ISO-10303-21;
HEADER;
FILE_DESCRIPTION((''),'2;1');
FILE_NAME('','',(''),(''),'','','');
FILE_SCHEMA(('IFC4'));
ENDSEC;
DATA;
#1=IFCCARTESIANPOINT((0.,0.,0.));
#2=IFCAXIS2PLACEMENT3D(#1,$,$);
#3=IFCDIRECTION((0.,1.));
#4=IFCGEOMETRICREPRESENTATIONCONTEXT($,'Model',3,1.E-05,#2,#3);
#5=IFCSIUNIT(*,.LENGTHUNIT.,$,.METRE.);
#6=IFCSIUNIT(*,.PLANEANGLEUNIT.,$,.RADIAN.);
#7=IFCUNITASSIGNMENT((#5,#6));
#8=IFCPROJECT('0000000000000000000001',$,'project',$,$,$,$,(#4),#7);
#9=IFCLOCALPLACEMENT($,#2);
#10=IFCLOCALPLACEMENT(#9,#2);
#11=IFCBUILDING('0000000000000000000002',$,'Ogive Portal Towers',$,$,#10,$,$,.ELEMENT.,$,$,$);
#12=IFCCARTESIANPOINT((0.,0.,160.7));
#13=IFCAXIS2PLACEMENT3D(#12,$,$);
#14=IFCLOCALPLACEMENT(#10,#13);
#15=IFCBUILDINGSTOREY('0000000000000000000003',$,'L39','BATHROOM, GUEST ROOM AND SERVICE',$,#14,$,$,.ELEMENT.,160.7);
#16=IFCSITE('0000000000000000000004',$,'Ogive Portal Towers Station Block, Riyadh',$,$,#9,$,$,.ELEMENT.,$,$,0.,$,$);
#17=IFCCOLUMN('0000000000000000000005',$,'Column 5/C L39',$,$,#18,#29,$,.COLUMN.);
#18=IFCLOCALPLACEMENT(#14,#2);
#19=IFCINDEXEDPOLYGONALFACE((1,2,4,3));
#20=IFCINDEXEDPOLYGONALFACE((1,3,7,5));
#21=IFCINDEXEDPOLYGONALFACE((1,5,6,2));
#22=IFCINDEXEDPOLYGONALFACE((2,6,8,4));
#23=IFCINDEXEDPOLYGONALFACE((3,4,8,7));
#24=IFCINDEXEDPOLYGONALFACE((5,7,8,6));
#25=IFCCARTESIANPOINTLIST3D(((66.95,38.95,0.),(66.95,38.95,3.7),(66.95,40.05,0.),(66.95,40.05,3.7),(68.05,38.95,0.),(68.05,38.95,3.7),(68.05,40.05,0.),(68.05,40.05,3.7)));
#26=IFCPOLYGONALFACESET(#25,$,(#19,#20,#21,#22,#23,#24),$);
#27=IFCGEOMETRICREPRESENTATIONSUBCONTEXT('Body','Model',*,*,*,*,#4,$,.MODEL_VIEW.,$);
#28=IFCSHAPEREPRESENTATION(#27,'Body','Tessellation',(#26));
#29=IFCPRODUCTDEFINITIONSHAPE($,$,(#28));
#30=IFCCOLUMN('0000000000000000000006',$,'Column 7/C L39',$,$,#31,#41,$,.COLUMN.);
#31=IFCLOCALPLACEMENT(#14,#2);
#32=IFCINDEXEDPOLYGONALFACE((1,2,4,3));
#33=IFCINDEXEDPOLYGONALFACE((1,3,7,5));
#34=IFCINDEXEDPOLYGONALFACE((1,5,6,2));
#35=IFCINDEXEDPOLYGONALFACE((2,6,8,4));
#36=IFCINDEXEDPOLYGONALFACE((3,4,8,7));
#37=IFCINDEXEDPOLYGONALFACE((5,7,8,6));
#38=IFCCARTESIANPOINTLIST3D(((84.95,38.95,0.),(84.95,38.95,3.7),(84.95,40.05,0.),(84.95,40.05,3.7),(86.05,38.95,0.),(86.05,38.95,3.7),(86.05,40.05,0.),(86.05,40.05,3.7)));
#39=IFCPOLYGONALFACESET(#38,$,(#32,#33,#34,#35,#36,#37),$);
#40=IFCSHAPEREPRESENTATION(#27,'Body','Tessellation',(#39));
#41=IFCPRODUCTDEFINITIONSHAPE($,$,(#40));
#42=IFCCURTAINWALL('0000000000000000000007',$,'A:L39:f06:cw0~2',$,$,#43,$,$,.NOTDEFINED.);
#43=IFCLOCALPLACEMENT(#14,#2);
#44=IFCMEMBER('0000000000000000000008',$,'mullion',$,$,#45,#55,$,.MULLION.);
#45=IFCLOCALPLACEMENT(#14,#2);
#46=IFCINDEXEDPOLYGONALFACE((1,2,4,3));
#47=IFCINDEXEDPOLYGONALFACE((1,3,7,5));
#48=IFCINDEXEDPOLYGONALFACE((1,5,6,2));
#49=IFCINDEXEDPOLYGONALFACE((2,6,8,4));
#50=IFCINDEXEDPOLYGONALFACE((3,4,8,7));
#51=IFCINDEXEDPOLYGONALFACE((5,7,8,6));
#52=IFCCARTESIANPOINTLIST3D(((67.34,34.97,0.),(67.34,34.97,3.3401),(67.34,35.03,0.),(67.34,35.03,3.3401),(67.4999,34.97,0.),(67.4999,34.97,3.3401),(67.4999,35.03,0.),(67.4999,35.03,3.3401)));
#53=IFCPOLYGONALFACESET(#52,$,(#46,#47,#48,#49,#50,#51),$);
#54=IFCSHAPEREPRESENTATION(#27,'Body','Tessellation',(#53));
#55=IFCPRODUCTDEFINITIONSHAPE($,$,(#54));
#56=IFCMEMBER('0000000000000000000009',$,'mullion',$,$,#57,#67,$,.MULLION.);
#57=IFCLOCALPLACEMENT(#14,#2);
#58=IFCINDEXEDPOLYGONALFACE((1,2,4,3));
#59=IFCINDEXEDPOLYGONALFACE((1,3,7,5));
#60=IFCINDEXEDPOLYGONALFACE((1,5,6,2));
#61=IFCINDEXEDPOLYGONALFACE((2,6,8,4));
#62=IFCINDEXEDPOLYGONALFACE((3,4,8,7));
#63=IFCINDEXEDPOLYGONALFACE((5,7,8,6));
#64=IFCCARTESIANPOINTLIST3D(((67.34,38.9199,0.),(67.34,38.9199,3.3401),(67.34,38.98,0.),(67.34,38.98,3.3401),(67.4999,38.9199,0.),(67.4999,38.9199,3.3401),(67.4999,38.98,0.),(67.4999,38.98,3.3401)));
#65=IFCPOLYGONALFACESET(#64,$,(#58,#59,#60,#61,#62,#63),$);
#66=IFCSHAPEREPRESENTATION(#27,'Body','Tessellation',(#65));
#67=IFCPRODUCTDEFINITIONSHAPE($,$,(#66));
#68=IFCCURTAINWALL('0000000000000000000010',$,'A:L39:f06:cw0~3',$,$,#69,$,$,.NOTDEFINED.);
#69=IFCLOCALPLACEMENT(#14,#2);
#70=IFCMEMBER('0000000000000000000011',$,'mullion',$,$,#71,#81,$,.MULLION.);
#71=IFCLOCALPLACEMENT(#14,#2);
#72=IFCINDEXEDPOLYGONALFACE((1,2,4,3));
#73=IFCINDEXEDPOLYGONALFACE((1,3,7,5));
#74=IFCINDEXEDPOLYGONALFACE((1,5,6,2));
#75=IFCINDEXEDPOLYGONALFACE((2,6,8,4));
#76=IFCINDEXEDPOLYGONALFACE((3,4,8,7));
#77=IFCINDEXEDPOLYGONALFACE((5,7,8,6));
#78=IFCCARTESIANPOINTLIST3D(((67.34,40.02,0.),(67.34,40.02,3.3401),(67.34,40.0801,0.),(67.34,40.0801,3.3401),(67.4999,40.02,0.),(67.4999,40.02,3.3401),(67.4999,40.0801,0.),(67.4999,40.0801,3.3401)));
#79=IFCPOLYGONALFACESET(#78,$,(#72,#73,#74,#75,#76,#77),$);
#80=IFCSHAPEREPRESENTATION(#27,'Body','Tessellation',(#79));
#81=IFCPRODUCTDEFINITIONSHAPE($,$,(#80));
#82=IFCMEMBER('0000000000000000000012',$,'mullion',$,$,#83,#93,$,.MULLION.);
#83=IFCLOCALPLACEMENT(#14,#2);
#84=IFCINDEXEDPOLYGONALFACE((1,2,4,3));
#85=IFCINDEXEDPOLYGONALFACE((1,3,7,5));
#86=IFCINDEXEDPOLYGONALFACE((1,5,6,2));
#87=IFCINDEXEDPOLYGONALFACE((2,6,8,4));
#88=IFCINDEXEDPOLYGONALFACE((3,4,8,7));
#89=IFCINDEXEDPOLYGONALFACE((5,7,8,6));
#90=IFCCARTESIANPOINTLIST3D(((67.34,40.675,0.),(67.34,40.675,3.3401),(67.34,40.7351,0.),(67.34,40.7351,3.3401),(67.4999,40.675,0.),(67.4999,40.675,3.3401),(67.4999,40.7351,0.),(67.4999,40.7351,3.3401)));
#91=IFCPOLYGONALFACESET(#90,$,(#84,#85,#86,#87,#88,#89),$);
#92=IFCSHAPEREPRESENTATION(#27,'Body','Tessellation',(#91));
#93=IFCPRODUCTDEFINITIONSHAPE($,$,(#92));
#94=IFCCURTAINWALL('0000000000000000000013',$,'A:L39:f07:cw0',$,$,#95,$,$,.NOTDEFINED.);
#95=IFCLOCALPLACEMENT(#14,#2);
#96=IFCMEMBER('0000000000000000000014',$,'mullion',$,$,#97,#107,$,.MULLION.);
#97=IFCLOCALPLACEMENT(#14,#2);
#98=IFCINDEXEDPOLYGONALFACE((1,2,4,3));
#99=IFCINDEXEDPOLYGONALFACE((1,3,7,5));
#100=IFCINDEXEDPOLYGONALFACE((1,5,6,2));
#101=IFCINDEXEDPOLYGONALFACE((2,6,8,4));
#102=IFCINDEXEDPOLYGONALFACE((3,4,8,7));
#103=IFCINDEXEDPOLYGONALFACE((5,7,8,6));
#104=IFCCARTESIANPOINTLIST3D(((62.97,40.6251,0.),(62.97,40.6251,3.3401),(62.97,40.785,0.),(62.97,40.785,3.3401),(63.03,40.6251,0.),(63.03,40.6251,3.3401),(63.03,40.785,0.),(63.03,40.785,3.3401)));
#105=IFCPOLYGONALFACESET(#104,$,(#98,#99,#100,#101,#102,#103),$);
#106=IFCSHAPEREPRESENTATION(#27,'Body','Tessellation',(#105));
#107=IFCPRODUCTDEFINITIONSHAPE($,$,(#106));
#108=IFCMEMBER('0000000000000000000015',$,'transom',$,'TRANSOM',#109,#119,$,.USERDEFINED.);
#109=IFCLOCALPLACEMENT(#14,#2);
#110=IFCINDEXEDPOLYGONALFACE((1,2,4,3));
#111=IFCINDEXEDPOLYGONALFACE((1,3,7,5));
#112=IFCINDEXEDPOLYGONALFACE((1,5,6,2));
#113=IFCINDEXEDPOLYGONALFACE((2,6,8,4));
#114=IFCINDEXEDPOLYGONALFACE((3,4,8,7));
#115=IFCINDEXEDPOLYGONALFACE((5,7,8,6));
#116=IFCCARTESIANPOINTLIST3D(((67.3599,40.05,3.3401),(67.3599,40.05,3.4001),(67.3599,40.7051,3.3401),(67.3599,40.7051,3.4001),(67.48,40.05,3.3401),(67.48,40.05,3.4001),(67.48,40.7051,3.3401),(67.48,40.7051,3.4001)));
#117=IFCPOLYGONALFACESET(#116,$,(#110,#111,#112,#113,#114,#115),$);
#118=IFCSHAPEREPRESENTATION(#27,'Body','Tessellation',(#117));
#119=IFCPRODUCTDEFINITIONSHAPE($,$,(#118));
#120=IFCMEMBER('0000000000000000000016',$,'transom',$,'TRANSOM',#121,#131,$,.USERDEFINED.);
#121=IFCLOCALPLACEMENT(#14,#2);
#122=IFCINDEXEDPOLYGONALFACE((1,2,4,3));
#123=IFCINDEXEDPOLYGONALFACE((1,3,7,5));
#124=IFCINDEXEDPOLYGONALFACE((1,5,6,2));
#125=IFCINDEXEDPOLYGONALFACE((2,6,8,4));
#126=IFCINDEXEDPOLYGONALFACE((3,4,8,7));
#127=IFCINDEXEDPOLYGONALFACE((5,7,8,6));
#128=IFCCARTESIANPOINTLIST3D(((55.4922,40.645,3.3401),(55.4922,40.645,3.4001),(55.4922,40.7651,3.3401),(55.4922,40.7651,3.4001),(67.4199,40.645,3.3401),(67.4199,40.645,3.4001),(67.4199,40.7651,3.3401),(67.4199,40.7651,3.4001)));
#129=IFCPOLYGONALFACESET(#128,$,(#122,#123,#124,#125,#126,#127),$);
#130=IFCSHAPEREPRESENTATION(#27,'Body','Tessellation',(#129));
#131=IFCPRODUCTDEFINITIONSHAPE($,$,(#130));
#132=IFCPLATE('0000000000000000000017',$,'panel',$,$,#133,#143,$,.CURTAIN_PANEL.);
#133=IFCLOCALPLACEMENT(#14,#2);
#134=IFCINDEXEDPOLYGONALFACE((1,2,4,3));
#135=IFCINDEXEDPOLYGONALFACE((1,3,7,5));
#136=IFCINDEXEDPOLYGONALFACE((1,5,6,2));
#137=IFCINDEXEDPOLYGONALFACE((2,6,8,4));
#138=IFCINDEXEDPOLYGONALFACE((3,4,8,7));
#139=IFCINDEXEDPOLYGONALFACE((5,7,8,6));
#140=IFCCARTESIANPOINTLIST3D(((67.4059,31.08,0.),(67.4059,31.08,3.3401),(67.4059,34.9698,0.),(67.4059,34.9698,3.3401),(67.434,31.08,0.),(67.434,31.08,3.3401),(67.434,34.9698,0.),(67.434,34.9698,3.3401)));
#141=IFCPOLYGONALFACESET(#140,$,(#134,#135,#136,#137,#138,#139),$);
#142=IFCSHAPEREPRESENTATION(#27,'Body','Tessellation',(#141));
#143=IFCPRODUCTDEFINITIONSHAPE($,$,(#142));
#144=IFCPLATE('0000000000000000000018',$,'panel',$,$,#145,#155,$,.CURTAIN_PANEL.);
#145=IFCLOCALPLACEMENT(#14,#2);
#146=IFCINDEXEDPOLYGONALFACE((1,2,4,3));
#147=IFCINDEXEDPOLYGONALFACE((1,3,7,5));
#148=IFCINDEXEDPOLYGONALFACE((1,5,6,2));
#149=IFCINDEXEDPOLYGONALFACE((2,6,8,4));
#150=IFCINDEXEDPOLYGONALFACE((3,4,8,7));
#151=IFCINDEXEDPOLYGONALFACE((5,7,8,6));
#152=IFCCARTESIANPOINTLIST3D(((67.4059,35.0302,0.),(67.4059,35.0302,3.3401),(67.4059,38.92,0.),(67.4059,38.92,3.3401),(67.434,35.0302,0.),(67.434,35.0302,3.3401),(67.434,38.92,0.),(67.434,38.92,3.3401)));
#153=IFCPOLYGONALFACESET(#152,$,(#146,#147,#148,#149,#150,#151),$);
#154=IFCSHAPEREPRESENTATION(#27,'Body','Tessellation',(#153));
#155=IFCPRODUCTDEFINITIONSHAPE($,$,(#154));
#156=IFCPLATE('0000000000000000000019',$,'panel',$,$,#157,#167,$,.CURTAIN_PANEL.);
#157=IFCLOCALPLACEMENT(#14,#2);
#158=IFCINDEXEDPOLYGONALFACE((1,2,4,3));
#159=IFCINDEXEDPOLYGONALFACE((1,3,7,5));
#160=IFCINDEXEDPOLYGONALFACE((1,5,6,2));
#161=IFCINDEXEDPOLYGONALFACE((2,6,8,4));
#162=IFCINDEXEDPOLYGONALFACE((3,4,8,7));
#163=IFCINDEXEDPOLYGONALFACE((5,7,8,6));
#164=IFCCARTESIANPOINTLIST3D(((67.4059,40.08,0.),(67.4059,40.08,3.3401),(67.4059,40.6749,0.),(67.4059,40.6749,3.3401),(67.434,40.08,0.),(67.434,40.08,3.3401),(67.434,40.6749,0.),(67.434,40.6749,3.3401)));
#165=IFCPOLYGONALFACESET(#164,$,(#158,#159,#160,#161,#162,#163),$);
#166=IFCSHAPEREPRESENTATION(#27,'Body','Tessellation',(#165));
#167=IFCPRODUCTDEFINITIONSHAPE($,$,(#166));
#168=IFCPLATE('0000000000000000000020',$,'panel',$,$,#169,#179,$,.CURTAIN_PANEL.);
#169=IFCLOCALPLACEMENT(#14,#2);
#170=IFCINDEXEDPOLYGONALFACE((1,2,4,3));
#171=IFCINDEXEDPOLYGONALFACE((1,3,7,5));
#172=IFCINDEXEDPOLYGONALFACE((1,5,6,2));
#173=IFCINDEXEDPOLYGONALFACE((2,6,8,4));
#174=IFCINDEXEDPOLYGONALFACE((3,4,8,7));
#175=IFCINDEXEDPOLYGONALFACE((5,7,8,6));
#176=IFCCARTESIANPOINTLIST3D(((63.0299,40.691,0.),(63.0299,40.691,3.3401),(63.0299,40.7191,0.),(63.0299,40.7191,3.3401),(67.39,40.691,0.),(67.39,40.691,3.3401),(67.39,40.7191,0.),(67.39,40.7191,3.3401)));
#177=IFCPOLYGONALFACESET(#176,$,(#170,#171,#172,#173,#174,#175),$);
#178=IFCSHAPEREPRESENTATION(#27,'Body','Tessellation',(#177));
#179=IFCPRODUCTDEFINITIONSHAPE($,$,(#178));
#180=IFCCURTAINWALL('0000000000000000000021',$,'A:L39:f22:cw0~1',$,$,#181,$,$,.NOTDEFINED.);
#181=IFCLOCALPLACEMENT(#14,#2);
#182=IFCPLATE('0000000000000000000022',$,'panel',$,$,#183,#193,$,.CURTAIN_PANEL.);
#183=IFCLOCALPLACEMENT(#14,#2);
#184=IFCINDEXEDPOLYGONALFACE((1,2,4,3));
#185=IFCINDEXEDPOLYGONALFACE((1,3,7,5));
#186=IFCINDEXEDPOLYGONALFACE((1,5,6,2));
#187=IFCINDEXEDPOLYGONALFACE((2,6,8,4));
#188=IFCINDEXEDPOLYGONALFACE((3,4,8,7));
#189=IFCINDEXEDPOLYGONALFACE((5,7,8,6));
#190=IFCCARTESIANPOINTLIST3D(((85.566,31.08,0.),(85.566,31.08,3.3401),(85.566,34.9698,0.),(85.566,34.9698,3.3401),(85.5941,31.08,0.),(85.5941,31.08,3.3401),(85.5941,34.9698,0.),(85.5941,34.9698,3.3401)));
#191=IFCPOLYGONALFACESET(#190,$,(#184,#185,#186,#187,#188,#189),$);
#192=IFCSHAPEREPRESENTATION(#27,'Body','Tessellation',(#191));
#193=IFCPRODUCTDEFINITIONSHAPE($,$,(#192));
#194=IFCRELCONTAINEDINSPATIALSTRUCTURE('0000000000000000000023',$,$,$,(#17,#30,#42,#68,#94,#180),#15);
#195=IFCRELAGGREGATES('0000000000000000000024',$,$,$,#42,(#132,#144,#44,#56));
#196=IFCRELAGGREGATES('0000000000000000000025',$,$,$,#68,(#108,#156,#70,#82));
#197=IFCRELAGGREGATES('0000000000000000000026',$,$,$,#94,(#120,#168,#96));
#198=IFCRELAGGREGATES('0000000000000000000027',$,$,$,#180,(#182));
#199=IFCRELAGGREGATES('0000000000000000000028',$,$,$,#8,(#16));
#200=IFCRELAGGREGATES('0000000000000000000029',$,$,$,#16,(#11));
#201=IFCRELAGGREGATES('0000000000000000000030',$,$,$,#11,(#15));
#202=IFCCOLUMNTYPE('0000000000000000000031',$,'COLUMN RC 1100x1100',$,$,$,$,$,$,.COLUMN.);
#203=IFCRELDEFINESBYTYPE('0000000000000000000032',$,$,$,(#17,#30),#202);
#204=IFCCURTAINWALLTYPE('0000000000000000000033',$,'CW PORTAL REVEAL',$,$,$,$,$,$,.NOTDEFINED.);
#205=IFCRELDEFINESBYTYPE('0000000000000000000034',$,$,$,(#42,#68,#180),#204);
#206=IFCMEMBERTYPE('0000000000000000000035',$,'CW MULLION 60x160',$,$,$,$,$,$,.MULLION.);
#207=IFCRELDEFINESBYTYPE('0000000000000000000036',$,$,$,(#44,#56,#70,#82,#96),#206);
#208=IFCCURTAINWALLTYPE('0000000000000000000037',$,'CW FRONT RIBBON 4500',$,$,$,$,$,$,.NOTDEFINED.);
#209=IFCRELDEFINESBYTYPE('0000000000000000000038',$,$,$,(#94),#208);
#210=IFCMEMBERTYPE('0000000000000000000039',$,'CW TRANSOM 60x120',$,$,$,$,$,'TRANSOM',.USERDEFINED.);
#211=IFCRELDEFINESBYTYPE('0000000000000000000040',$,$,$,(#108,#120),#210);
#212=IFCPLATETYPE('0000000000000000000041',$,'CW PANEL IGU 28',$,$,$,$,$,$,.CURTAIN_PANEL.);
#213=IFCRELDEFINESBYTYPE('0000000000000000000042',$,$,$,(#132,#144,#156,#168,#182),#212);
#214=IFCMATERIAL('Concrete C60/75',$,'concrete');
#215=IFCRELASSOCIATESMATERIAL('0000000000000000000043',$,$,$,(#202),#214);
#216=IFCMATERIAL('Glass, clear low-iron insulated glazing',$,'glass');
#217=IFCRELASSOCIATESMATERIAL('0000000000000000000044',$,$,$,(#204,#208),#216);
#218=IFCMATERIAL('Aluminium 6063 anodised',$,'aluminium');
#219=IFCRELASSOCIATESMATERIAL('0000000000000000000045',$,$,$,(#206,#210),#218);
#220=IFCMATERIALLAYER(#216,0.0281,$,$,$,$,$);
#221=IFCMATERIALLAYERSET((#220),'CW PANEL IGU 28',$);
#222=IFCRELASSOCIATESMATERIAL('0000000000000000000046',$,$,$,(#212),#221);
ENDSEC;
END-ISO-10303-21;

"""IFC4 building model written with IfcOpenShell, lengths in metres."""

from ifc_helpers import new_model, si_unit, direction, frame, origin, origin_2d, place, context, subcontext, project, spatial, rectangle, extrude, material, layer, layer_set, material_profile, profile_set, type_object, element, aggregate, save


model = new_model("IFC4")

# Units and contexts
model_context = context("Model", 3, precision=1e-05, world=origin(), true_north=direction((0.0, 1.0)))
body_context = subcontext(model_context, "Body", "Model", "MODEL_VIEW")
ifc_project = project(units=[si_unit("LENGTHUNIT", "METRE"), si_unit("PLANEANGLEUNIT", "RADIAN")], contexts=[model_context])

# Site, building, storey
site_placement = place(None, origin())
site = spatial("IfcSite", under=ifc_project, at=site_placement, Name="Ogive Portal Towers Station Block, Riyadh", CompositionType="ELEMENT", RefElevation=0.0)
building_placement = place(site_placement, origin())
building = spatial("IfcBuilding", under=site, at=building_placement, Name="Ogive Portal Towers", CompositionType="ELEMENT")
storey_placement = place(building_placement, frame((0.0, 0.0, 160.7)))
storey = spatial("IfcBuildingStorey", under=building, at=storey_placement, Name="L39", Description="BATHROOM, GUEST ROOM AND SERVICE", CompositionType="ELEMENT", Elevation=160.7)

# Columns
ifc_material_1 = material(Name="Concrete C60/75", Category="concrete")
ifc_material_profile_1 = material_profile(ifc_material_1, rectangle(XDim=1.1001, YDim=1.1001, at=origin_2d()), Name="RC 1100x1100")
ifc_profile_set_1 = profile_set([ifc_material_profile_1], Name="Concrete C60/75")
column_type = type_object("IfcColumnType", Name="COLUMN RC 1100x1100", PredefinedType="COLUMN", material=ifc_profile_set_1)
for number, where, z_axis, x_axis, name in (
    (1, (67.5, 39.5, 0.0), (0.0, 0.0, 1.0), (1.0, 0.0, 0.0), "Column 5/C L39"),
    (2, (85.5, 39.5, 0.0), (0.0, 0.0, 1.0), (1.0, 0.0, 0.0), "Column 7/C L39"),
):
    element("IfcColumn", number, at=place(storey_placement, frame(where, z_axis=z_axis, x_axis=x_axis)), inside=storey, type_object=column_type, Name=name, PredefinedType="COLUMN", context=body_context, shape_type="SweptSolid", body=[
        extrude(rectangle(XDim=1.1001, YDim=1.1001, at=origin_2d()), origin(), (0.0, 0.0, 1.0), 3.7),
    ])

# Curtain walls, members
ifc_material_2 = material(Name="Glass, clear low-iron insulated glazing", Category="glass")
curtain_wall_type_1 = type_object("IfcCurtainWallType", Name="CW PORTAL REVEAL", PredefinedType="NOTDEFINED", material=ifc_material_2)
curtain_wall_1_placement = place(storey_placement, origin())
curtain_wall_1 = element("IfcCurtainWall", 3, at=curtain_wall_1_placement, inside=storey, type_object=curtain_wall_type_1, Name="A:L39:f06:cw0~2", PredefinedType="NOTDEFINED")
ifc_material_3 = material(Name="Aluminium 6063 anodised", Category="aluminium")
ifc_material_profile_2 = material_profile(ifc_material_3, rectangle(XDim=0.1599, YDim=0.0601, at=origin_2d()), Name="AL 60x160")
ifc_profile_set_2 = profile_set([ifc_material_profile_2], Name="Aluminium 6063 anodised")
member_type_1 = type_object("IfcMemberType", Name="CW MULLION 60x160", PredefinedType="MULLION", material=ifc_profile_set_2)
member_1_placement = place(storey_placement, frame((67.4199, 35.0, 0.0), z_axis=(0.0, 0.0, 1.0), x_axis=(-1.0, 0.0, 0.0)))
member_1 = element("IfcMember", 4, at=member_1_placement, type_object=member_type_1, Name="mullion", PredefinedType="MULLION", context=body_context, shape_type="SweptSolid", body=[
    extrude(rectangle(XDim=0.1599, YDim=0.0601, at=origin_2d()), origin(), (0.0, 0.0, 1.0), 3.3401),
])
member_2_placement = place(storey_placement, frame((67.4199, 38.95, 0.0), z_axis=(0.0, 0.0, 1.0), x_axis=(-1.0, 0.0, 0.0)))
member_2 = element("IfcMember", 5, at=member_2_placement, type_object=member_type_1, Name="mullion", PredefinedType="MULLION", context=body_context, shape_type="SweptSolid", body=[
    extrude(rectangle(XDim=0.1599, YDim=0.0601, at=origin_2d()), origin(), (0.0, 0.0, 1.0), 3.3401),
])
curtain_wall_2_placement = place(storey_placement, origin())
curtain_wall_2 = element("IfcCurtainWall", 6, at=curtain_wall_2_placement, inside=storey, type_object=curtain_wall_type_1, Name="A:L39:f06:cw0~3", PredefinedType="NOTDEFINED")
member_3_placement = place(storey_placement, frame((67.4199, 40.05, 0.0), z_axis=(0.0, 0.0, 1.0), x_axis=(-1.0, 0.0, 0.0)))
member_3 = element("IfcMember", 7, at=member_3_placement, type_object=member_type_1, Name="mullion", PredefinedType="MULLION", context=body_context, shape_type="SweptSolid", body=[
    extrude(rectangle(XDim=0.1599, YDim=0.0601, at=origin_2d()), origin(), (0.0, 0.0, 1.0), 3.3401),
])
member_4_placement = place(storey_placement, frame((67.4199, 40.7051, 0.0), z_axis=(0.0, 0.0, 1.0), x_axis=(-1.0, 0.0, 0.0)))
member_4 = element("IfcMember", 8, at=member_4_placement, type_object=member_type_1, Name="mullion", PredefinedType="MULLION", context=body_context, shape_type="SweptSolid", body=[
    extrude(rectangle(XDim=0.1599, YDim=0.0601, at=origin_2d()), origin(), (0.0, 0.0, 1.0), 3.3401),
])

# Curtain wall, member
curtain_wall_type_2 = type_object("IfcCurtainWallType", Name="CW FRONT RIBBON 4500", PredefinedType="NOTDEFINED", material=ifc_material_2)
curtain_wall_3_placement = place(storey_placement, origin())
curtain_wall_3 = element("IfcCurtainWall", 9, at=curtain_wall_3_placement, inside=storey, type_object=curtain_wall_type_2, Name="A:L39:f07:cw0", PredefinedType="NOTDEFINED")
member_5_placement = place(storey_placement, frame((63.0, 40.7051, 0.0), z_axis=(0.0, 0.0, 1.0), x_axis=(0.0, -1.0, 0.0)))
member_5 = element("IfcMember", 10, at=member_5_placement, type_object=member_type_1, Name="mullion", PredefinedType="MULLION", context=body_context, shape_type="SweptSolid", body=[
    extrude(rectangle(XDim=0.1599, YDim=0.0601, at=origin_2d()), origin(), (0.0, 0.0, 1.0), 3.3401),
])

# Members
ifc_material_profile_3 = material_profile(ifc_material_3, rectangle(XDim=0.1201, YDim=0.0601, at=origin_2d()), Name="AL 120x60")
ifc_profile_set_3 = profile_set([ifc_material_profile_3], Name="Aluminium 6063 anodised")
member_type_2 = type_object("IfcMemberType", Name="CW TRANSOM 60x120", ElementType="TRANSOM", PredefinedType="USERDEFINED", material=ifc_profile_set_3)
member_6_placement = place(storey_placement, frame((67.4199, 40.05, 3.3701), z_axis=(0.0, 1.0, 0.0), x_axis=(-1.0, 0.0, 0.0)))
member_6 = element("IfcMember", 11, at=member_6_placement, type_object=member_type_2, Name="transom", ObjectType="TRANSOM", PredefinedType="USERDEFINED", context=body_context, shape_type="SweptSolid", body=[
    extrude(rectangle(XDim=0.1201, YDim=0.0601, at=origin_2d()), origin(), (0.0, 0.0, 1.0), 0.655),
])
member_7_placement = place(storey_placement, frame((67.4199, 40.7051, 3.3701), z_axis=(-1.0, 0.0, 0.0), x_axis=(0.0, -1.0, 0.0)))
member_7 = element("IfcMember", 12, at=member_7_placement, type_object=member_type_2, Name="transom", ObjectType="TRANSOM", PredefinedType="USERDEFINED", context=body_context, shape_type="SweptSolid", body=[
    extrude(rectangle(XDim=0.1201, YDim=0.0601, at=origin_2d()), origin(), (0.0, 0.0, 1.0), 11.9277),
])

# Plates
ifc_layer_1 = layer(ifc_material_2, 0.0281)
ifc_layer_set_1 = layer_set([ifc_layer_1], Name="CW PANEL IGU 28")
plate_type = type_object("IfcPlateType", Name="CW PANEL IGU 28", PredefinedType="CURTAIN_PANEL", material=ifc_layer_set_1)
plate_1_placement = place(storey_placement, frame((67.4199, 33.0249, 0.0), z_axis=(0.0, 0.0, 1.0), x_axis=(0.0, 1.0, 0.0)))
plate_1 = element("IfcPlate", 13, at=plate_1_placement, type_object=plate_type, Name="panel", PredefinedType="CURTAIN_PANEL", context=body_context, shape_type="SweptSolid", body=[
    extrude(rectangle(XDim=3.8899, YDim=0.0281, at=origin_2d()), origin(), (0.0, 0.0, 1.0), 3.3401),
])
plate_2_placement = place(storey_placement, frame((67.4199, 36.9751, 0.0), z_axis=(0.0, 0.0, 1.0), x_axis=(0.0, 1.0, 0.0)))
plate_2 = element("IfcPlate", 14, at=plate_2_placement, type_object=plate_type, Name="panel", PredefinedType="CURTAIN_PANEL", context=body_context, shape_type="SweptSolid", body=[
    extrude(rectangle(XDim=3.8899, YDim=0.0281, at=origin_2d()), origin(), (0.0, 0.0, 1.0), 3.3401),
])
aggregate(curtain_wall_1, [plate_1, plate_2, member_1, member_2])
plate_3_placement = place(storey_placement, frame((67.4199, 40.3774, 0.0), z_axis=(0.0, 0.0, 1.0), x_axis=(0.0, 1.0, 0.0)))
plate_3 = element("IfcPlate", 15, at=plate_3_placement, type_object=plate_type, Name="panel", PredefinedType="CURTAIN_PANEL", context=body_context, shape_type="SweptSolid", body=[
    extrude(rectangle(XDim=0.595, YDim=0.0281, at=origin_2d()), origin(), (0.0, 0.0, 1.0), 3.3401),
])
aggregate(curtain_wall_2, [member_6, plate_3, member_3, member_4])
plate_4_placement = place(storey_placement, frame((65.21, 40.7051, 0.0), z_axis=(0.0, 0.0, 1.0), x_axis=(-1.0, 0.0, 0.0)))
plate_4 = element("IfcPlate", 16, at=plate_4_placement, type_object=plate_type, Name="panel", PredefinedType="CURTAIN_PANEL", context=body_context, shape_type="SweptSolid", body=[
    extrude(rectangle(XDim=4.3601, YDim=0.0281, at=origin_2d()), origin(), (0.0, 0.0, 1.0), 3.3401),
])
aggregate(curtain_wall_3, [member_7, plate_4, member_5])

# Curtain wall, plate
curtain_wall_4_placement = place(storey_placement, origin())
curtain_wall_4 = element("IfcCurtainWall", 17, at=curtain_wall_4_placement, inside=storey, type_object=curtain_wall_type_1, Name="A:L39:f22:cw0~1", PredefinedType="NOTDEFINED")
plate_5_placement = place(storey_placement, frame((85.5801, 33.0249, 0.0), z_axis=(0.0, 0.0, 1.0), x_axis=(0.0, -1.0, 0.0)))
plate_5 = element("IfcPlate", 18, at=plate_5_placement, type_object=plate_type, Name="panel", PredefinedType="CURTAIN_PANEL", context=body_context, shape_type="SweptSolid", body=[
    extrude(rectangle(XDim=3.8899, YDim=0.0281, at=origin_2d()), origin(), (0.0, 0.0, 1.0), 3.3401),
])
aggregate(curtain_wall_4, [plate_5])

save(model, "model.ifc")
